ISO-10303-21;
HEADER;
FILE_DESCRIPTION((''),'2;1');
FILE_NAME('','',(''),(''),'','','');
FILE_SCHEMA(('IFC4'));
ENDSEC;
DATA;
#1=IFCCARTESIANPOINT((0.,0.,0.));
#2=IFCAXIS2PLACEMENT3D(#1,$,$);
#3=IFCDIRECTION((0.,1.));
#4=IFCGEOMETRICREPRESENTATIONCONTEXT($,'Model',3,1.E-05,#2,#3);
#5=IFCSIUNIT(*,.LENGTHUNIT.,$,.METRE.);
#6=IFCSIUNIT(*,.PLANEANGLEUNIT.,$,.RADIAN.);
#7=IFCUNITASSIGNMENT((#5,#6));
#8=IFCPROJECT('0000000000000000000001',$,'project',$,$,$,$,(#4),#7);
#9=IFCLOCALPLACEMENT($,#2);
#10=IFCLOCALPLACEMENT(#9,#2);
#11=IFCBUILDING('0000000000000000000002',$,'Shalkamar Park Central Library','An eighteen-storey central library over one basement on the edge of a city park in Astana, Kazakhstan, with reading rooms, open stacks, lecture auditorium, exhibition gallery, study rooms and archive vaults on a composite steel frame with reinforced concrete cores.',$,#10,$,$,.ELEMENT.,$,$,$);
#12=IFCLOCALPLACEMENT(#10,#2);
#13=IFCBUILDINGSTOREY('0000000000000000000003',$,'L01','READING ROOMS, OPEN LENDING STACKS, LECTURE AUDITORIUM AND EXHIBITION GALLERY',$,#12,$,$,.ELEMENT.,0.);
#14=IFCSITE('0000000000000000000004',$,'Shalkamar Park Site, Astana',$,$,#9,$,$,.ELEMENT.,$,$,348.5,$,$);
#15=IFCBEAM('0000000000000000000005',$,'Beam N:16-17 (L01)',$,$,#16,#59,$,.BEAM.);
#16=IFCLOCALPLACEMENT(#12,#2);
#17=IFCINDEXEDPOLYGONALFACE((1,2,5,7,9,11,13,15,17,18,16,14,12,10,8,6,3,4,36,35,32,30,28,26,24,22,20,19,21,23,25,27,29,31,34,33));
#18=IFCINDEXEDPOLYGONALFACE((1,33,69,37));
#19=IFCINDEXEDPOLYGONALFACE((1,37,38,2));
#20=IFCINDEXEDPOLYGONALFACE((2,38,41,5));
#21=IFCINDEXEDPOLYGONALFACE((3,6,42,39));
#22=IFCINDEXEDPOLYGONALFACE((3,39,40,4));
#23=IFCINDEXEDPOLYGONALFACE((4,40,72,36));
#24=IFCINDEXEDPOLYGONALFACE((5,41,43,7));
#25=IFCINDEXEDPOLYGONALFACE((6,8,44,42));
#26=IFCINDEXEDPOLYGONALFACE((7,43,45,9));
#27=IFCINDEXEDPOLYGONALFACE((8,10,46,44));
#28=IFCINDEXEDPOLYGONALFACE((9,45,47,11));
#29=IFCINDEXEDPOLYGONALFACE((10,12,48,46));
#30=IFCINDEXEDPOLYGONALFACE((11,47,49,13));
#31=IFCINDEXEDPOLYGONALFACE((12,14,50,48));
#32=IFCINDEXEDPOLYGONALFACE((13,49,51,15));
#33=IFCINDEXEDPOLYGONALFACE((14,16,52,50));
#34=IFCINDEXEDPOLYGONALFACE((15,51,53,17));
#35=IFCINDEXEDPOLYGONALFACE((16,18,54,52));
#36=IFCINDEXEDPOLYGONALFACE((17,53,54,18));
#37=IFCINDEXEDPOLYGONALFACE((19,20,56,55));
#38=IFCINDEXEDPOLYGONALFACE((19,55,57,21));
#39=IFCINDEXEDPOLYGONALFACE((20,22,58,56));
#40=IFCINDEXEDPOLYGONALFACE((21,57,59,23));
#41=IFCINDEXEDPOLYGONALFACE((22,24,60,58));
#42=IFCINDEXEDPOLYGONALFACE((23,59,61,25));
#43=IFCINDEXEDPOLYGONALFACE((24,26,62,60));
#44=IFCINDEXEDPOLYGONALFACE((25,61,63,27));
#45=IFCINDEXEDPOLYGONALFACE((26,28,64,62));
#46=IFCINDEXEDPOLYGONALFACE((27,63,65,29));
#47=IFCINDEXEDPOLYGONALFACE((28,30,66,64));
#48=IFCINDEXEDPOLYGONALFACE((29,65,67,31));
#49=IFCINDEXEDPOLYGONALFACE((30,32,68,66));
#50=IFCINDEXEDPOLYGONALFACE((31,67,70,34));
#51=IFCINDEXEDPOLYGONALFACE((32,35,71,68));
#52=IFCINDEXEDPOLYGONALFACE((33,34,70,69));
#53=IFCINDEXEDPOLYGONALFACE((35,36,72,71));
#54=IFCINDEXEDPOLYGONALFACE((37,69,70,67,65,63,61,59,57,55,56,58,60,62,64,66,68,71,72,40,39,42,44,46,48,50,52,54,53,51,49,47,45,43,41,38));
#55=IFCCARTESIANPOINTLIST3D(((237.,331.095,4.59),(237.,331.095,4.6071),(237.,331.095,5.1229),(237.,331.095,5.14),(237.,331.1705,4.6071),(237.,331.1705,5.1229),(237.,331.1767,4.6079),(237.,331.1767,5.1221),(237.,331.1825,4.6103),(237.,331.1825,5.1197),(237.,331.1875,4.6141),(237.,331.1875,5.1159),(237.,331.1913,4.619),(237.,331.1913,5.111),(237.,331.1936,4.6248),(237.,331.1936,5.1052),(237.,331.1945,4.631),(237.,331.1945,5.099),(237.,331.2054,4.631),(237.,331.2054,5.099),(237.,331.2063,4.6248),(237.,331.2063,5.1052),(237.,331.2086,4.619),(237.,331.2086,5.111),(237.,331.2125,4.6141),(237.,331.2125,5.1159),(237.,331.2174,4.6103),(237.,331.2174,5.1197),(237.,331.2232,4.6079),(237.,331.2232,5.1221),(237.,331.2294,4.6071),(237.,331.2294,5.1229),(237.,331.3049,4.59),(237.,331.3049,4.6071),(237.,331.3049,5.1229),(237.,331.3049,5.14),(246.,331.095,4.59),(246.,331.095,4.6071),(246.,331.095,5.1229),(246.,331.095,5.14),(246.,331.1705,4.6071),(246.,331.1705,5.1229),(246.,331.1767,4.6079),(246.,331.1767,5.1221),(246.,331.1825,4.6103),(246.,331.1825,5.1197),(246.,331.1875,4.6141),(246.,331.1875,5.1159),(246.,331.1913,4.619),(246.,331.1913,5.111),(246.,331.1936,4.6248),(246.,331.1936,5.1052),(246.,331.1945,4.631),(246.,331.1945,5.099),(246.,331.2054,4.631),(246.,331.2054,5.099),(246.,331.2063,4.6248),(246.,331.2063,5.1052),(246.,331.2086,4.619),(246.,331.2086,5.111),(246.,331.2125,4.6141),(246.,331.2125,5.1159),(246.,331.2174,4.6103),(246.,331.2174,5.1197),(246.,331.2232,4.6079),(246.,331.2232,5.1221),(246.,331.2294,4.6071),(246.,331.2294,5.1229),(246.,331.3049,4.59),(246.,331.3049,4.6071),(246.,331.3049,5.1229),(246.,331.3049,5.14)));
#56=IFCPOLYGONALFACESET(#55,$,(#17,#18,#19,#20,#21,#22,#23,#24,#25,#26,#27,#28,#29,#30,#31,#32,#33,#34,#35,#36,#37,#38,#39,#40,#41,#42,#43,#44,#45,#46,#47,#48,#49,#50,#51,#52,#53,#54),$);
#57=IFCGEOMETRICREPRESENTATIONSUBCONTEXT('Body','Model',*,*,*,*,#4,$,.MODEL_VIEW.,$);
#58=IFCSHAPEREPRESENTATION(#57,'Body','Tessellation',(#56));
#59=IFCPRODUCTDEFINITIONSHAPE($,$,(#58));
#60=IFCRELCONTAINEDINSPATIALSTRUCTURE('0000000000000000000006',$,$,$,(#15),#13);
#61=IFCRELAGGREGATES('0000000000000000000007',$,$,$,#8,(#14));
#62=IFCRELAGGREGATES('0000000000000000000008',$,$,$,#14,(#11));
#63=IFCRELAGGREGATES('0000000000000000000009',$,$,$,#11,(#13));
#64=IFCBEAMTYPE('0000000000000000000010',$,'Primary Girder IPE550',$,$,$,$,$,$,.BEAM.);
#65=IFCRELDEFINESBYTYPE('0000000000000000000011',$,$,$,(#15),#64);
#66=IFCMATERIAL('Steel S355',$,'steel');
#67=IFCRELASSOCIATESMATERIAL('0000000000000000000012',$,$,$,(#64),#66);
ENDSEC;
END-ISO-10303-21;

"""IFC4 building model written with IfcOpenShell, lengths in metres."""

from ifc_helpers import new_model, si_unit, direction, frame, origin, origin_2d, place, context, subcontext, project, spatial, i_section, extrude, material, material_profile, profile_set, type_object, element, save


model = new_model("IFC4")

# Units and contexts
model_context = context("Model", 3, precision=1e-05, world=origin(), true_north=direction((0.0, 1.0)))
body_context = subcontext(model_context, "Body", "Model", "MODEL_VIEW")
ifc_project = project(units=[si_unit("LENGTHUNIT", "METRE"), si_unit("PLANEANGLEUNIT", "RADIAN")], contexts=[model_context])

# Site, building, storey
site_placement = place(None, origin())
site = spatial("IfcSite", under=ifc_project, at=site_placement, Name="Shalkamar Park Site, Astana", CompositionType="ELEMENT", RefElevation=348.5)
building_placement = place(site_placement, origin())
building = spatial("IfcBuilding", under=site, at=building_placement, Name="Shalkamar Park Central Library", Description="An eighteen-storey central library over one basement on the edge of a city park in Astana, Kazakhstan, with reading rooms, open stacks, lecture auditorium, exhibition gallery, study rooms and archive vaults on a composite steel frame with reinforced concrete cores.", CompositionType="ELEMENT")
storey_placement = place(building_placement, origin())
storey = spatial("IfcBuildingStorey", under=building, at=storey_placement, Name="L01", Description="READING ROOMS, OPEN LENDING STACKS, LECTURE AUDITORIUM AND EXHIBITION GALLERY", CompositionType="ELEMENT", Elevation=0.0)

# Shared definitions
ifc_material = material(Name="Steel S355", Category="steel")

# Beam
ifc_material_profile_1 = material_profile(ifc_material, i_section(OverallWidth=0.21, OverallDepth=0.55, WebThickness=0.011, FlangeThickness=0.0171, FilletRadius=0.0239, at=origin_2d()), Name="IPE 550")
ifc_profile_set_1 = profile_set([ifc_material_profile_1], Name="Steel S355")
beam_type_1 = type_object("IfcBeamType", Name="Primary Girder IPE550", PredefinedType="BEAM", material=ifc_profile_set_1)
for number, where, z_axis, x_axis, name in (
    (1, (237.0, 331.2, 4.865), (1.0, 0.0, 0.0), (0.0, 1.0, 0.0), "Beam N:16-17 (L01)"),
):
    element("IfcBeam", number, at=place(storey_placement, frame(where, z_axis=z_axis, x_axis=x_axis)), inside=storey, type_object=beam_type_1, Name=name, PredefinedType="BEAM", context=body_context, shape_type="SweptSolid", body=[
        extrude(i_section(OverallWidth=0.21, OverallDepth=0.55, WebThickness=0.011, FlangeThickness=0.0171, FilletRadius=0.0239, at=origin_2d()), origin(), (0.0, 0.0, 1.0), 9.0),
    ])

save(model, "model.ifc")
